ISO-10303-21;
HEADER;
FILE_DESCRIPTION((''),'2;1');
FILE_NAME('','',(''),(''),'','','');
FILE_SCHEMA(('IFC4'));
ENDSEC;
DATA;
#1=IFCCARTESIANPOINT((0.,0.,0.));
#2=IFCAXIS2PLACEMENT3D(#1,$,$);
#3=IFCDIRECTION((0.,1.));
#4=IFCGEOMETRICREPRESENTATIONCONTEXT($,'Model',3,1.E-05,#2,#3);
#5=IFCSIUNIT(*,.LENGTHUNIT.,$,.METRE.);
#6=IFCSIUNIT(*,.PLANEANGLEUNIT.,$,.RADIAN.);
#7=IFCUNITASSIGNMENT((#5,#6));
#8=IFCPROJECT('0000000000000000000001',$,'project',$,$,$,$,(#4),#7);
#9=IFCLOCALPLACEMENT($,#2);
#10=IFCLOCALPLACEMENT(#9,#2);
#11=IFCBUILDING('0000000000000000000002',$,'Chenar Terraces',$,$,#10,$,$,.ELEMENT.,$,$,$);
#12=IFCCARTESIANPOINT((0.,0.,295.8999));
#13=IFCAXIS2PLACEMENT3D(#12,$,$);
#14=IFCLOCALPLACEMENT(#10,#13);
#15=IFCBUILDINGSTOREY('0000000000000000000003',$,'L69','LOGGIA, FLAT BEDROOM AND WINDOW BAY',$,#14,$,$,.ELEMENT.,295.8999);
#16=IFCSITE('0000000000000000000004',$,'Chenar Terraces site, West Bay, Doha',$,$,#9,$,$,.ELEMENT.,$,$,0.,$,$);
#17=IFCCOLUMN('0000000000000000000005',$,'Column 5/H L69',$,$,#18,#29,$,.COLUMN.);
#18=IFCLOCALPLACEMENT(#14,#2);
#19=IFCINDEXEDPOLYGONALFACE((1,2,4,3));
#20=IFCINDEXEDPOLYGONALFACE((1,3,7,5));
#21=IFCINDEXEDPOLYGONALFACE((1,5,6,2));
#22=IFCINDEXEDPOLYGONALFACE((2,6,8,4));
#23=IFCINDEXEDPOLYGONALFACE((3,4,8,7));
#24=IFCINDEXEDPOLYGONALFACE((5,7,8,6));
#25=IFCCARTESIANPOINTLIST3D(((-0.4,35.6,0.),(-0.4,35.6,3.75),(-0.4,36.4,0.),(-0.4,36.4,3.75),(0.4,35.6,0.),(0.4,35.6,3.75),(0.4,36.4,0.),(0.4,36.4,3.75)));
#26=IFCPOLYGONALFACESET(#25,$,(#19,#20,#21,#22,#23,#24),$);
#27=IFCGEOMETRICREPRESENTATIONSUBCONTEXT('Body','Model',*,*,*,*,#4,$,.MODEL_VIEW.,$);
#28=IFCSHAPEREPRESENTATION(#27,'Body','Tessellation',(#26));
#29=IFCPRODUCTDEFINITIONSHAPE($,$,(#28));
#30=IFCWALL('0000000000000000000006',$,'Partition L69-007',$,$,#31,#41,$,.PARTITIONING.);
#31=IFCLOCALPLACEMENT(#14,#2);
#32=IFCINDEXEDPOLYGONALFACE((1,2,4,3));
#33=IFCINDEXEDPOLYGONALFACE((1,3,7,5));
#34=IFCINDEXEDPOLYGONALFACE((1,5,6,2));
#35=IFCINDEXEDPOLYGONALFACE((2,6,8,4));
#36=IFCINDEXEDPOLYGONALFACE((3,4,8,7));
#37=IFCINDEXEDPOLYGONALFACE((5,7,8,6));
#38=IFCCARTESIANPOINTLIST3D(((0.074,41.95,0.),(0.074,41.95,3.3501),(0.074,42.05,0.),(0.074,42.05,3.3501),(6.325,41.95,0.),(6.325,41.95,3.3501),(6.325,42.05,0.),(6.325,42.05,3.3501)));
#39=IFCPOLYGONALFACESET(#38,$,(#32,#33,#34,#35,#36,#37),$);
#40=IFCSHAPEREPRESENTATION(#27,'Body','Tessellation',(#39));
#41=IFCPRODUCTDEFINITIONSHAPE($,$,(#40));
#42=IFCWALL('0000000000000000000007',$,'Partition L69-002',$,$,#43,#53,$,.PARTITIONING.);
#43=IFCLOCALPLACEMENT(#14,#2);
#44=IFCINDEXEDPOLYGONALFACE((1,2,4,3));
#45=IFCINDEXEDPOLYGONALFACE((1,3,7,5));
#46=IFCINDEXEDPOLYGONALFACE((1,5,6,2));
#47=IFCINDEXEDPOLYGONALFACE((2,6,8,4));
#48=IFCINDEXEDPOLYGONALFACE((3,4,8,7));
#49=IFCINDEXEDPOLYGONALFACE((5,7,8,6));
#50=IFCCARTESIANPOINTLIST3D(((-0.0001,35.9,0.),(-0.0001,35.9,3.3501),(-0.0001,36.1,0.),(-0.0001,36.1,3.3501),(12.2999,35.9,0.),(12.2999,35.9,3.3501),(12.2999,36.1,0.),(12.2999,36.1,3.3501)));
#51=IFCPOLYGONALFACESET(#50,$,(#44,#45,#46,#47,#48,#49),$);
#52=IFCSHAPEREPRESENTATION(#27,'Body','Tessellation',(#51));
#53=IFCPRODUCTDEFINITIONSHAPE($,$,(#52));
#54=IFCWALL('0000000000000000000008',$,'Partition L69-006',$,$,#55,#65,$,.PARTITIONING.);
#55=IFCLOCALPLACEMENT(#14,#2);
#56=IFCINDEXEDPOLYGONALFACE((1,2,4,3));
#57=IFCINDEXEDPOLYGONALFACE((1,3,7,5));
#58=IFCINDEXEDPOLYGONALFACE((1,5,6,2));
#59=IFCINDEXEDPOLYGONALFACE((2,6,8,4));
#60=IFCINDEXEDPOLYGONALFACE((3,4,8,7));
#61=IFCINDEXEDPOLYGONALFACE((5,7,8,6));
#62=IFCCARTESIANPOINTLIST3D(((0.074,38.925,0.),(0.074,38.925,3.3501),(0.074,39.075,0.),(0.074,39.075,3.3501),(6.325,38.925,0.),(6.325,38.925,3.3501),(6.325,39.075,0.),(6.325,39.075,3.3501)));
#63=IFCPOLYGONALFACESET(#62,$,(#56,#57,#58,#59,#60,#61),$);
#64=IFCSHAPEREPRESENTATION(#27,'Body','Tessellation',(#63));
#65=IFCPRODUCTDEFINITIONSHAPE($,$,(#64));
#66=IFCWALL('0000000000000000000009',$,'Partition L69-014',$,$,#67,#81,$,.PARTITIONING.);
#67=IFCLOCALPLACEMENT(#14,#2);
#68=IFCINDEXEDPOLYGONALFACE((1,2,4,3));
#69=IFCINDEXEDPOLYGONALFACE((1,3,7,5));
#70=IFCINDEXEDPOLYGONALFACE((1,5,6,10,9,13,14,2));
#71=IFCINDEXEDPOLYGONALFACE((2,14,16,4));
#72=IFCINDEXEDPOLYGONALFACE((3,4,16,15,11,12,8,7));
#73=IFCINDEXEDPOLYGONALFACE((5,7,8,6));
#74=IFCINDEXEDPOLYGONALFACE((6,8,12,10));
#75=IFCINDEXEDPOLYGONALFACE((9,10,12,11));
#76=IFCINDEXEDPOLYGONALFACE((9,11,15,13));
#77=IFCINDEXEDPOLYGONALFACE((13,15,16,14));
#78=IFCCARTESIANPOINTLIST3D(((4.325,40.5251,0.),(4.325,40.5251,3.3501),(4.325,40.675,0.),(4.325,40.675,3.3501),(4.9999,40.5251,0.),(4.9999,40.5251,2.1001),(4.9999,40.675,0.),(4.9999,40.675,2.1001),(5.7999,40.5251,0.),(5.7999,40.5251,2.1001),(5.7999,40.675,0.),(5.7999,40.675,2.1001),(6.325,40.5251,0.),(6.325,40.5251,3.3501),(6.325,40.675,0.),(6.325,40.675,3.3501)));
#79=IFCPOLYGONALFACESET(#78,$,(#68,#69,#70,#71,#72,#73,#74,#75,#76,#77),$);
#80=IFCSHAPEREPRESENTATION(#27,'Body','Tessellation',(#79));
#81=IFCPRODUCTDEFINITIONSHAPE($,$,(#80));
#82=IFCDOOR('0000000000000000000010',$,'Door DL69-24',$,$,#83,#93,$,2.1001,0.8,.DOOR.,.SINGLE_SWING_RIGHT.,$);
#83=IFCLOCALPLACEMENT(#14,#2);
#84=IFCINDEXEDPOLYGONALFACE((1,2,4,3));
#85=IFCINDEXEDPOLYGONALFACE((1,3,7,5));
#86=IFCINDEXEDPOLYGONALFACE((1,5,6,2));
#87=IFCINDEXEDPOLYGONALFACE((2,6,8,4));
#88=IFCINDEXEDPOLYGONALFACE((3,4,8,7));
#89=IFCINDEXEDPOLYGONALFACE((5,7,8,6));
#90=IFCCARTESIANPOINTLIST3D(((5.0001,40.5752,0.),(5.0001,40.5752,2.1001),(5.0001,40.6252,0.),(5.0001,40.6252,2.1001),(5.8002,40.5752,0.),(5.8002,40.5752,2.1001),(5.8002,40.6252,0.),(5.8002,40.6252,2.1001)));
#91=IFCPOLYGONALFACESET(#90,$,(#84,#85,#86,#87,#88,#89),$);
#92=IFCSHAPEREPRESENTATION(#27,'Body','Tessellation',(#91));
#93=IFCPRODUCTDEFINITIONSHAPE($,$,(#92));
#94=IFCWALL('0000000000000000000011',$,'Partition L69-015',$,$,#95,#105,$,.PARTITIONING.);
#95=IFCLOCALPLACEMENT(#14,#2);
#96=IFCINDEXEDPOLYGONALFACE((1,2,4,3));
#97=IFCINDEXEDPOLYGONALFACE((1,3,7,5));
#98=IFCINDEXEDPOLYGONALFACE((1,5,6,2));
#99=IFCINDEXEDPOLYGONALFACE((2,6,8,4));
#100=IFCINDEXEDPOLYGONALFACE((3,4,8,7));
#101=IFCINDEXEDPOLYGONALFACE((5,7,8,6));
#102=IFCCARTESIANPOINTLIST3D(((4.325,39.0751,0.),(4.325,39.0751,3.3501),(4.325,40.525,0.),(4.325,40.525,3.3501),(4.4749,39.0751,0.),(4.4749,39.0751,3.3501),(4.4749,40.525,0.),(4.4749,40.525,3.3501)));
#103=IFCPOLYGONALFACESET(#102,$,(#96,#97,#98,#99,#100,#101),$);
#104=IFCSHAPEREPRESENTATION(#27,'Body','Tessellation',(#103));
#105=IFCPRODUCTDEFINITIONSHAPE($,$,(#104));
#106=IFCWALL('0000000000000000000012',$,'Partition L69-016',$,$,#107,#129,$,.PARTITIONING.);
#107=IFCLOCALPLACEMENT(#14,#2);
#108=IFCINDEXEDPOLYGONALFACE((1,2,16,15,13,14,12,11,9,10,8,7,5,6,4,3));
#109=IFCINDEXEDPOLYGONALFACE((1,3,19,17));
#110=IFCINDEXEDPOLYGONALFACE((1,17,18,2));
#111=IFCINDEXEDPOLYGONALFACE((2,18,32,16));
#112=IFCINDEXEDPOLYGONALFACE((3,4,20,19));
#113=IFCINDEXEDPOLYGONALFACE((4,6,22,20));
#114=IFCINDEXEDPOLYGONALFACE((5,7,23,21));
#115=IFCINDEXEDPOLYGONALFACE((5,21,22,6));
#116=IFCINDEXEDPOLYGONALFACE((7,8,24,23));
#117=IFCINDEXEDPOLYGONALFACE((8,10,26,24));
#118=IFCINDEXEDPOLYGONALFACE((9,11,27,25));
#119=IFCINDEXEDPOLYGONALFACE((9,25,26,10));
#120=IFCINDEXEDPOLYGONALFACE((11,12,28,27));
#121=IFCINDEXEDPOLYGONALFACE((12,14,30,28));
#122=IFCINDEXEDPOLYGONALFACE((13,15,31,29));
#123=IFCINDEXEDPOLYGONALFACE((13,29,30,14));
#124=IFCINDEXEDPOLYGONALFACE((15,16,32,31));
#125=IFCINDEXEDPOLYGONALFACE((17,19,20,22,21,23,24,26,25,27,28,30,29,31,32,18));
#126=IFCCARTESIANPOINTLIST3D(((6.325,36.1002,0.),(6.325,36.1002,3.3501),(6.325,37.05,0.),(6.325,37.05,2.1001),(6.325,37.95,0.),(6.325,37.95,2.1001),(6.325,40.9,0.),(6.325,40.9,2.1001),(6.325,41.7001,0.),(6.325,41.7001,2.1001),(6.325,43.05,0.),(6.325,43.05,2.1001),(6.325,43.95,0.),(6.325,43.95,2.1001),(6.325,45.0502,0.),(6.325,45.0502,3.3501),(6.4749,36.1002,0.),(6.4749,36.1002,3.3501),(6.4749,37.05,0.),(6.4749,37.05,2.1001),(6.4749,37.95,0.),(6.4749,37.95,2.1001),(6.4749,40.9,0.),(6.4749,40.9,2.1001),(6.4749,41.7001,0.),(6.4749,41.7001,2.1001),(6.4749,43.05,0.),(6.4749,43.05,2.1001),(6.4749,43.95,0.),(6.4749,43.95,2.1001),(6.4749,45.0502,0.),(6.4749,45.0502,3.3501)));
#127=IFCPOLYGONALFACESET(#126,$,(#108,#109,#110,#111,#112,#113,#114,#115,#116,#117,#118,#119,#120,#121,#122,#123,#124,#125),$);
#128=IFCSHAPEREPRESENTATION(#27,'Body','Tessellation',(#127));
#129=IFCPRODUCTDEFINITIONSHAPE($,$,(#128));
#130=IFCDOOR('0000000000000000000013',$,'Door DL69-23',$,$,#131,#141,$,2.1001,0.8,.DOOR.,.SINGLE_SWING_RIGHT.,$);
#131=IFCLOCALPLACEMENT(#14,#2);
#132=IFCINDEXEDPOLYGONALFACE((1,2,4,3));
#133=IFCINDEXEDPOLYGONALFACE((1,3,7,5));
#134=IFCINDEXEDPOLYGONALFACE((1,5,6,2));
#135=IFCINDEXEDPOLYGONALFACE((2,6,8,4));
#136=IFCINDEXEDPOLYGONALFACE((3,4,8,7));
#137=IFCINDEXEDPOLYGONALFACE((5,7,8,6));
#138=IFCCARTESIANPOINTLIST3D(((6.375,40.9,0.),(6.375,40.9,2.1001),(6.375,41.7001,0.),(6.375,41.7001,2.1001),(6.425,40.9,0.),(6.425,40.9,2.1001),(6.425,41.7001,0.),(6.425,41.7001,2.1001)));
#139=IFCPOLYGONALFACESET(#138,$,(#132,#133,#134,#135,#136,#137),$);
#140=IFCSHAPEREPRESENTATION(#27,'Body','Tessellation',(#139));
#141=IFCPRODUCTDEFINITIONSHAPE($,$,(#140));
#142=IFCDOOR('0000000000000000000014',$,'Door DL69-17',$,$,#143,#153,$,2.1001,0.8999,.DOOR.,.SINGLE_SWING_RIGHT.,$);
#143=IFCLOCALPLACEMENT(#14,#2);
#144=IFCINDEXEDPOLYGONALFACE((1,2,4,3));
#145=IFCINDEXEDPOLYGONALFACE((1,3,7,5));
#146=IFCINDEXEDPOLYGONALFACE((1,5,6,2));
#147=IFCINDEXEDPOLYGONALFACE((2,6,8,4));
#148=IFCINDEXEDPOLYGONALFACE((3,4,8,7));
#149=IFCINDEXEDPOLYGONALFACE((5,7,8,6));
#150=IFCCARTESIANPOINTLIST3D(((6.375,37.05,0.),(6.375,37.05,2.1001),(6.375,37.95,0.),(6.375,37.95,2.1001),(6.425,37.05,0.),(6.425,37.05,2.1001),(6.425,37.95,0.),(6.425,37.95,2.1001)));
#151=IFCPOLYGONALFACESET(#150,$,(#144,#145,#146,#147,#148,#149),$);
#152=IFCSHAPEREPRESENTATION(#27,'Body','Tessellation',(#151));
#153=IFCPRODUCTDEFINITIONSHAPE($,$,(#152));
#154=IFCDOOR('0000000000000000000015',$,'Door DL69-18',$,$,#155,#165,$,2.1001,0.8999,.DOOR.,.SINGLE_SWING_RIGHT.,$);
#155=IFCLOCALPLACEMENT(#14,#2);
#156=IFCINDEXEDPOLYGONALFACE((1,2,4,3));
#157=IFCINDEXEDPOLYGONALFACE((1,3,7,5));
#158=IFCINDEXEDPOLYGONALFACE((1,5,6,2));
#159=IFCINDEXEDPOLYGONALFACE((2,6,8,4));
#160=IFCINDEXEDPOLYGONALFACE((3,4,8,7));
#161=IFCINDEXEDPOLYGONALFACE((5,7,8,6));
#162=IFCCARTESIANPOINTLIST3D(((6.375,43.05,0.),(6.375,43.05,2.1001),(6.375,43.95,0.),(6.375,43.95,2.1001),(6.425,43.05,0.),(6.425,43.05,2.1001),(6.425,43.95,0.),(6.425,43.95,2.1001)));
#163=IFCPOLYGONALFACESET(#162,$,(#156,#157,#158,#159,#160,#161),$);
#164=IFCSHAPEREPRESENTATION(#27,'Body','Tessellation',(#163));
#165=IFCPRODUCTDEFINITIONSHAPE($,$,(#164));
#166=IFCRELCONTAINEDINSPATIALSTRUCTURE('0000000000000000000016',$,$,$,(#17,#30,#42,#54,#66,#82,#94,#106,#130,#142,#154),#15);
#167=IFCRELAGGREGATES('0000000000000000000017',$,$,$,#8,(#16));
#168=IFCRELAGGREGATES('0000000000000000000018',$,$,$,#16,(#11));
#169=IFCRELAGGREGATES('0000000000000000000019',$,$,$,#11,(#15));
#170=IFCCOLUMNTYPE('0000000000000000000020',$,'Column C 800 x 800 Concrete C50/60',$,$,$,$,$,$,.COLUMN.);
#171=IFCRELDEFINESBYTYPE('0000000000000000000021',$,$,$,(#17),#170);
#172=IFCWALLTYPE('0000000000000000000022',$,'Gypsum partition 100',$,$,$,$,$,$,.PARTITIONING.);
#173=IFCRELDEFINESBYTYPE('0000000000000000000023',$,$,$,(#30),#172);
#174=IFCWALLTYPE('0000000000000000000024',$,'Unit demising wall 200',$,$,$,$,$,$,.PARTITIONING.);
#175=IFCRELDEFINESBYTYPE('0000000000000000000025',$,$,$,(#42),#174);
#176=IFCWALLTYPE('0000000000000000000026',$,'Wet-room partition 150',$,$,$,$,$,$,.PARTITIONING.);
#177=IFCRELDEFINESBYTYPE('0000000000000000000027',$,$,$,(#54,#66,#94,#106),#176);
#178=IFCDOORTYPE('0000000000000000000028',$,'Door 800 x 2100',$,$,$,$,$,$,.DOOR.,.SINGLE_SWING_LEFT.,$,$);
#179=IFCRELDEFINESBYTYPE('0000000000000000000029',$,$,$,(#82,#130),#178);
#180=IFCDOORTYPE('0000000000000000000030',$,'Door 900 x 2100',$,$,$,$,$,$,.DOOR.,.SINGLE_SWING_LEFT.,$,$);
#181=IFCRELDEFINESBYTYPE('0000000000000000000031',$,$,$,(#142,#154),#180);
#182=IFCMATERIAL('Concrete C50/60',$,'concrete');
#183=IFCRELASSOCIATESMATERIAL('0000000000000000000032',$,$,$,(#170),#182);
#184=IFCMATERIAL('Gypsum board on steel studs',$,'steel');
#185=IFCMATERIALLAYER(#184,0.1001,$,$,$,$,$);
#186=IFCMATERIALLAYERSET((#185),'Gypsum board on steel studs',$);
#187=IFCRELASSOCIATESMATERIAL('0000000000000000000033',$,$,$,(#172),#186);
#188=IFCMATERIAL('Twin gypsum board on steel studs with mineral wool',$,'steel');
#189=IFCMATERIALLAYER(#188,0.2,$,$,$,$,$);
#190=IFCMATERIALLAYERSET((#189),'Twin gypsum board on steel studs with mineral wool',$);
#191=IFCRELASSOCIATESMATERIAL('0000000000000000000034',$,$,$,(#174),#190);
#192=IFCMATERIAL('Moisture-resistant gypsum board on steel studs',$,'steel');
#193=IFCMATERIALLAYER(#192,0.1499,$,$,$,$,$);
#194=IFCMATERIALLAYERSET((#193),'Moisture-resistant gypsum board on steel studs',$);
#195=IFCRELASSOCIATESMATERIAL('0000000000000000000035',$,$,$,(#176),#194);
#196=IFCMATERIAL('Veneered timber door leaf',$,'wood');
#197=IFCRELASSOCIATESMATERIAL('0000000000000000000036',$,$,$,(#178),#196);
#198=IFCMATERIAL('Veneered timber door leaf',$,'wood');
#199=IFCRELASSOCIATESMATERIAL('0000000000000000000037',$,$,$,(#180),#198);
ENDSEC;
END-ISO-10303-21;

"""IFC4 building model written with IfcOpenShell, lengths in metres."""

from ifc_helpers import new_model, si_unit, direction, frame, frame_2d, origin, origin_2d, place, context, subcontext, project, spatial, rectangle, extrude, material, layer, layer_set, material_profile, profile_set, type_object, element, fill, save


model = new_model("IFC4")

# Units and contexts
model_context = context("Model", 3, precision=1e-05, world=origin(), true_north=direction((0.0, 1.0)))
body_context = subcontext(model_context, "Body", "Model", "MODEL_VIEW")
ifc_project = project(units=[si_unit("LENGTHUNIT", "METRE"), si_unit("PLANEANGLEUNIT", "RADIAN")], contexts=[model_context])

# Site, building, storey
site_placement = place(None, origin())
site = spatial("IfcSite", under=ifc_project, at=site_placement, Name="Chenar Terraces site, West Bay, Doha", CompositionType="ELEMENT", RefElevation=0.0)
building_placement = place(site_placement, origin())
building = spatial("IfcBuilding", under=site, at=building_placement, Name="Chenar Terraces", CompositionType="ELEMENT")
storey_placement = place(building_placement, frame((0.0, 0.0, 295.8999)))
storey = spatial("IfcBuildingStorey", under=building, at=storey_placement, Name="L69", Description="LOGGIA, FLAT BEDROOM AND WINDOW BAY", CompositionType="ELEMENT", Elevation=295.8999)

# Column
ifc_material_1 = material(Name="Concrete C50/60", Category="concrete")
ifc_material_profile_1 = material_profile(ifc_material_1, rectangle(XDim=0.8, YDim=0.8, at=origin_2d()), Name="C 800 x 800")
ifc_profile_set_1 = profile_set([ifc_material_profile_1], Name="Concrete C50/60")
column_type = type_object("IfcColumnType", Name="Column C 800 x 800 Concrete C50/60", PredefinedType="COLUMN", material=ifc_profile_set_1)
placement = place(storey_placement, frame((0.0, 36.0, 0.0), z_axis=(0.0, 0.0, 1.0), x_axis=(1.0, 0.0, 0.0)))
element("IfcColumn", 1, at=placement, inside=storey, type_object=column_type, Name="Column 5/H L69", PredefinedType="COLUMN", context=body_context, shape_type="SweptSolid", body=[
    extrude(rectangle(XDim=0.8, YDim=0.8, at=origin_2d()), origin(), (0.0, 0.0, 1.0), 3.75),
])

# Walls
ifc_material_2 = material(Name="Gypsum board on steel studs", Category="steel")
ifc_layer_1 = layer(ifc_material_2, 0.1001)
ifc_layer_set_1 = layer_set([ifc_layer_1], Name="Gypsum board on steel studs")
wall_type_1 = type_object("IfcWallType", Name="Gypsum partition 100", PredefinedType="PARTITIONING", material=ifc_layer_set_1)
wall_1_placement = place(storey_placement, frame((0.074, 42.0, 0.0), z_axis=(0.0, 0.0, 1.0), x_axis=(1.0, 0.0, 0.0)))
element("IfcWall", 2, at=wall_1_placement, inside=storey, type_object=wall_type_1, Name="Partition L69-007", PredefinedType="PARTITIONING", context=body_context, shape_type="SweptSolid", body=[
    extrude(rectangle(XDim=6.251, YDim=0.1001, at=frame_2d((3.1255, 0.0))), origin(), (0.0, 0.0, 1.0), 3.3501),
])
ifc_material_3 = material(Name="Twin gypsum board on steel studs with mineral wool", Category="steel")
ifc_layer_2 = layer(ifc_material_3, 0.2)
ifc_layer_set_2 = layer_set([ifc_layer_2], Name="Twin gypsum board on steel studs with mineral wool")
wall_type_2 = type_object("IfcWallType", Name="Unit demising wall 200", PredefinedType="PARTITIONING", material=ifc_layer_set_2)
element("IfcWall", 3, at=placement, inside=storey, type_object=wall_type_2, Name="Partition L69-002", PredefinedType="PARTITIONING", context=body_context, shape_type="SweptSolid", body=[
    extrude(rectangle(XDim=12.3, YDim=0.2, at=frame_2d((6.1499, 0.0))), origin(), (0.0, 0.0, 1.0), 3.3501),
])
ifc_material_4 = material(Name="Moisture-resistant gypsum board on steel studs", Category="steel")
ifc_layer_3 = layer(ifc_material_4, 0.1499)
ifc_layer_set_3 = layer_set([ifc_layer_3], Name="Moisture-resistant gypsum board on steel studs")
wall_type_3 = type_object("IfcWallType", Name="Wet-room partition 150", PredefinedType="PARTITIONING", material=ifc_layer_set_3)
wall_2_placement = place(storey_placement, frame((0.074, 39.0, 0.0), z_axis=(0.0, 0.0, 1.0), x_axis=(1.0, 0.0, 0.0)))
element("IfcWall", 4, at=wall_2_placement, inside=storey, type_object=wall_type_3, Name="Partition L69-006", PredefinedType="PARTITIONING", context=body_context, shape_type="SweptSolid", body=[
    extrude(rectangle(XDim=6.251, YDim=0.1499, at=frame_2d((3.1255, 0.0))), origin(), (0.0, 0.0, 1.0), 3.3501),
])

# Wall, opening, door
wall_3_placement = place(storey_placement, frame((4.325, 40.6001, 0.0), z_axis=(0.0, 0.0, 1.0), x_axis=(1.0, 0.0, 0.0)))
wall_3 = element("IfcWall", 5, at=wall_3_placement, inside=storey, type_object=wall_type_3, Name="Partition L69-014", PredefinedType="PARTITIONING", context=body_context, shape_type="SweptSolid", body=[
    extrude(rectangle(XDim=2.0, YDim=0.1499, at=frame_2d((1.0, 0.0))), origin(), (0.0, 0.0, 1.0), 3.3501),
])
opening_1_placement = place(wall_3_placement, frame((0.675, 0.0, 0.0)))
opening_1 = element("IfcOpeningElement", 6, at=opening_1_placement, cuts=wall_3, PredefinedType="OPENING", context=body_context, shape_type="SweptSolid", body=[
    extrude(rectangle(XDim=0.8, YDim=2.1001, at=frame_2d((0.3999, 1.05))), frame((0.0, 0.085, 0.0), z_axis=(0.0, -1.0, 0.0), x_axis=(1.0, 0.0, 0.0)), (0.0, 0.0, 1.0), 0.1699),
])
ifc_material_5 = material(Name="Veneered timber door leaf", Category="wood")
door_type_1 = type_object("IfcDoorType", Name="Door 800 x 2100", OperationType="SINGLE_SWING_LEFT", PredefinedType="DOOR", material=ifc_material_5)
door_1_placement = place(opening_1_placement, frame((0.8, 0.0, 0.0), z_axis=(0.0, 0.0, 1.0), x_axis=(-1.0, 0.0, 0.0)))
door_1 = element("IfcDoor", 7, at=door_1_placement, inside=storey, type_object=door_type_1, Name="Door DL69-24", OperationType="SINGLE_SWING_RIGHT", OverallHeight=2.1001, OverallWidth=0.8, PredefinedType="DOOR", context=body_context, shape_type="SweptSolid", body=[
    extrude(rectangle(XDim=0.8, YDim=2.1001, at=frame_2d((0.3999, 1.05))), frame((0.0, 0.0249, 0.0), z_axis=(0.0, -1.0, 0.0), x_axis=(1.0, 0.0, 0.0)), (0.0, 0.0, 1.0), 0.05),
])
fill(opening_1, door_1)

# Wall
wall_4_placement = place(storey_placement, frame((4.3999, 39.075, 0.0), z_axis=(0.0, 0.0, 1.0), x_axis=(0.0, 1.0, 0.0)))
element("IfcWall", 8, at=wall_4_placement, inside=storey, type_object=wall_type_3, Name="Partition L69-015", PredefinedType="PARTITIONING", context=body_context, shape_type="SweptSolid", body=[
    extrude(rectangle(XDim=1.45, YDim=0.1499, at=frame_2d((0.7251, 0.0))), origin(), (0.0, 0.0, 1.0), 3.3501),
])

# Wall, openings, doors
wall_5_placement = place(storey_placement, frame((6.3999, 36.1001, 0.0), z_axis=(0.0, 0.0, 1.0), x_axis=(0.0, 1.0, 0.0)))
wall_5 = element("IfcWall", 9, at=wall_5_placement, inside=storey, type_object=wall_type_3, Name="Partition L69-016", PredefinedType="PARTITIONING", context=body_context, shape_type="SweptSolid", body=[
    extrude(rectangle(XDim=8.95, YDim=0.1499, at=frame_2d((4.4751, 0.0))), origin(), (0.0, 0.0, 1.0), 3.3501),
])
opening_2_placement = place(wall_5_placement, frame((0.95, 0.0, 0.0)))
opening_2 = element("IfcOpeningElement", 10, at=opening_2_placement, cuts=wall_5, PredefinedType="OPENING", context=body_context, shape_type="SweptSolid", body=[
    extrude(rectangle(XDim=0.8999, YDim=2.1001, at=frame_2d((0.45, 1.05))), frame((0.0, 0.085, 0.0), z_axis=(0.0, -1.0, 0.0), x_axis=(1.0, 0.0, 0.0)), (0.0, 0.0, 1.0), 0.1699),
])
opening_3_placement = place(wall_5_placement, frame((6.95, 0.0, 0.0)))
opening_3 = element("IfcOpeningElement", 11, at=opening_3_placement, cuts=wall_5, PredefinedType="OPENING", context=body_context, shape_type="SweptSolid", body=[
    extrude(rectangle(XDim=0.8999, YDim=2.1001, at=frame_2d((0.45, 1.05))), frame((0.0, 0.085, 0.0), z_axis=(0.0, -1.0, 0.0), x_axis=(1.0, 0.0, 0.0)), (0.0, 0.0, 1.0), 0.1699),
])
opening_4_placement = place(wall_5_placement, frame((4.8, 0.0, 0.0)))
opening_4 = element("IfcOpeningElement", 12, at=opening_4_placement, cuts=wall_5, PredefinedType="OPENING", context=body_context, shape_type="SweptSolid", body=[
    extrude(rectangle(XDim=0.8, YDim=2.1001, at=frame_2d((0.3999, 1.05))), frame((0.0, 0.085, 0.0), z_axis=(0.0, -1.0, 0.0), x_axis=(1.0, 0.0, 0.0)), (0.0, 0.0, 1.0), 0.1699),
])
door_2_placement = place(opening_4_placement, origin())
door_2 = element("IfcDoor", 13, at=door_2_placement, inside=storey, type_object=door_type_1, Name="Door DL69-23", OperationType="SINGLE_SWING_RIGHT", OverallHeight=2.1001, OverallWidth=0.8, PredefinedType="DOOR", context=body_context, shape_type="SweptSolid", body=[
    extrude(rectangle(XDim=0.8, YDim=2.1001, at=frame_2d((0.3999, 1.05))), frame((0.0, 0.0249, 0.0), z_axis=(0.0, -1.0, 0.0), x_axis=(1.0, 0.0, 0.0)), (0.0, 0.0, 1.0), 0.05),
])
fill(opening_4, door_2)
ifc_material_6 = material(Name="Veneered timber door leaf", Category="wood")
door_type_2 = type_object("IfcDoorType", Name="Door 900 x 2100", OperationType="SINGLE_SWING_LEFT", PredefinedType="DOOR", material=ifc_material_6)
door_3_placement = place(opening_2_placement, origin())
door_3 = element("IfcDoor", 14, at=door_3_placement, inside=storey, type_object=door_type_2, Name="Door DL69-17", OperationType="SINGLE_SWING_RIGHT", OverallHeight=2.1001, OverallWidth=0.8999, PredefinedType="DOOR", context=body_context, shape_type="SweptSolid", body=[
    extrude(rectangle(XDim=0.8999, YDim=2.1001, at=frame_2d((0.45, 1.05))), frame((0.0, 0.0249, 0.0), z_axis=(0.0, -1.0, 0.0), x_axis=(1.0, 0.0, 0.0)), (0.0, 0.0, 1.0), 0.05),
])
fill(opening_2, door_3)
door_4_placement = place(opening_3_placement, origin())
door_4 = element("IfcDoor", 15, at=door_4_placement, inside=storey, type_object=door_type_2, Name="Door DL69-18", OperationType="SINGLE_SWING_RIGHT", OverallHeight=2.1001, OverallWidth=0.8999, PredefinedType="DOOR", context=body_context, shape_type="SweptSolid", body=[
    extrude(rectangle(XDim=0.8999, YDim=2.1001, at=frame_2d((0.45, 1.05))), frame((0.0, 0.0249, 0.0), z_axis=(0.0, -1.0, 0.0), x_axis=(1.0, 0.0, 0.0)), (0.0, 0.0, 1.0), 0.05),
])
fill(opening_3, door_4)

save(model, "model.ifc")
